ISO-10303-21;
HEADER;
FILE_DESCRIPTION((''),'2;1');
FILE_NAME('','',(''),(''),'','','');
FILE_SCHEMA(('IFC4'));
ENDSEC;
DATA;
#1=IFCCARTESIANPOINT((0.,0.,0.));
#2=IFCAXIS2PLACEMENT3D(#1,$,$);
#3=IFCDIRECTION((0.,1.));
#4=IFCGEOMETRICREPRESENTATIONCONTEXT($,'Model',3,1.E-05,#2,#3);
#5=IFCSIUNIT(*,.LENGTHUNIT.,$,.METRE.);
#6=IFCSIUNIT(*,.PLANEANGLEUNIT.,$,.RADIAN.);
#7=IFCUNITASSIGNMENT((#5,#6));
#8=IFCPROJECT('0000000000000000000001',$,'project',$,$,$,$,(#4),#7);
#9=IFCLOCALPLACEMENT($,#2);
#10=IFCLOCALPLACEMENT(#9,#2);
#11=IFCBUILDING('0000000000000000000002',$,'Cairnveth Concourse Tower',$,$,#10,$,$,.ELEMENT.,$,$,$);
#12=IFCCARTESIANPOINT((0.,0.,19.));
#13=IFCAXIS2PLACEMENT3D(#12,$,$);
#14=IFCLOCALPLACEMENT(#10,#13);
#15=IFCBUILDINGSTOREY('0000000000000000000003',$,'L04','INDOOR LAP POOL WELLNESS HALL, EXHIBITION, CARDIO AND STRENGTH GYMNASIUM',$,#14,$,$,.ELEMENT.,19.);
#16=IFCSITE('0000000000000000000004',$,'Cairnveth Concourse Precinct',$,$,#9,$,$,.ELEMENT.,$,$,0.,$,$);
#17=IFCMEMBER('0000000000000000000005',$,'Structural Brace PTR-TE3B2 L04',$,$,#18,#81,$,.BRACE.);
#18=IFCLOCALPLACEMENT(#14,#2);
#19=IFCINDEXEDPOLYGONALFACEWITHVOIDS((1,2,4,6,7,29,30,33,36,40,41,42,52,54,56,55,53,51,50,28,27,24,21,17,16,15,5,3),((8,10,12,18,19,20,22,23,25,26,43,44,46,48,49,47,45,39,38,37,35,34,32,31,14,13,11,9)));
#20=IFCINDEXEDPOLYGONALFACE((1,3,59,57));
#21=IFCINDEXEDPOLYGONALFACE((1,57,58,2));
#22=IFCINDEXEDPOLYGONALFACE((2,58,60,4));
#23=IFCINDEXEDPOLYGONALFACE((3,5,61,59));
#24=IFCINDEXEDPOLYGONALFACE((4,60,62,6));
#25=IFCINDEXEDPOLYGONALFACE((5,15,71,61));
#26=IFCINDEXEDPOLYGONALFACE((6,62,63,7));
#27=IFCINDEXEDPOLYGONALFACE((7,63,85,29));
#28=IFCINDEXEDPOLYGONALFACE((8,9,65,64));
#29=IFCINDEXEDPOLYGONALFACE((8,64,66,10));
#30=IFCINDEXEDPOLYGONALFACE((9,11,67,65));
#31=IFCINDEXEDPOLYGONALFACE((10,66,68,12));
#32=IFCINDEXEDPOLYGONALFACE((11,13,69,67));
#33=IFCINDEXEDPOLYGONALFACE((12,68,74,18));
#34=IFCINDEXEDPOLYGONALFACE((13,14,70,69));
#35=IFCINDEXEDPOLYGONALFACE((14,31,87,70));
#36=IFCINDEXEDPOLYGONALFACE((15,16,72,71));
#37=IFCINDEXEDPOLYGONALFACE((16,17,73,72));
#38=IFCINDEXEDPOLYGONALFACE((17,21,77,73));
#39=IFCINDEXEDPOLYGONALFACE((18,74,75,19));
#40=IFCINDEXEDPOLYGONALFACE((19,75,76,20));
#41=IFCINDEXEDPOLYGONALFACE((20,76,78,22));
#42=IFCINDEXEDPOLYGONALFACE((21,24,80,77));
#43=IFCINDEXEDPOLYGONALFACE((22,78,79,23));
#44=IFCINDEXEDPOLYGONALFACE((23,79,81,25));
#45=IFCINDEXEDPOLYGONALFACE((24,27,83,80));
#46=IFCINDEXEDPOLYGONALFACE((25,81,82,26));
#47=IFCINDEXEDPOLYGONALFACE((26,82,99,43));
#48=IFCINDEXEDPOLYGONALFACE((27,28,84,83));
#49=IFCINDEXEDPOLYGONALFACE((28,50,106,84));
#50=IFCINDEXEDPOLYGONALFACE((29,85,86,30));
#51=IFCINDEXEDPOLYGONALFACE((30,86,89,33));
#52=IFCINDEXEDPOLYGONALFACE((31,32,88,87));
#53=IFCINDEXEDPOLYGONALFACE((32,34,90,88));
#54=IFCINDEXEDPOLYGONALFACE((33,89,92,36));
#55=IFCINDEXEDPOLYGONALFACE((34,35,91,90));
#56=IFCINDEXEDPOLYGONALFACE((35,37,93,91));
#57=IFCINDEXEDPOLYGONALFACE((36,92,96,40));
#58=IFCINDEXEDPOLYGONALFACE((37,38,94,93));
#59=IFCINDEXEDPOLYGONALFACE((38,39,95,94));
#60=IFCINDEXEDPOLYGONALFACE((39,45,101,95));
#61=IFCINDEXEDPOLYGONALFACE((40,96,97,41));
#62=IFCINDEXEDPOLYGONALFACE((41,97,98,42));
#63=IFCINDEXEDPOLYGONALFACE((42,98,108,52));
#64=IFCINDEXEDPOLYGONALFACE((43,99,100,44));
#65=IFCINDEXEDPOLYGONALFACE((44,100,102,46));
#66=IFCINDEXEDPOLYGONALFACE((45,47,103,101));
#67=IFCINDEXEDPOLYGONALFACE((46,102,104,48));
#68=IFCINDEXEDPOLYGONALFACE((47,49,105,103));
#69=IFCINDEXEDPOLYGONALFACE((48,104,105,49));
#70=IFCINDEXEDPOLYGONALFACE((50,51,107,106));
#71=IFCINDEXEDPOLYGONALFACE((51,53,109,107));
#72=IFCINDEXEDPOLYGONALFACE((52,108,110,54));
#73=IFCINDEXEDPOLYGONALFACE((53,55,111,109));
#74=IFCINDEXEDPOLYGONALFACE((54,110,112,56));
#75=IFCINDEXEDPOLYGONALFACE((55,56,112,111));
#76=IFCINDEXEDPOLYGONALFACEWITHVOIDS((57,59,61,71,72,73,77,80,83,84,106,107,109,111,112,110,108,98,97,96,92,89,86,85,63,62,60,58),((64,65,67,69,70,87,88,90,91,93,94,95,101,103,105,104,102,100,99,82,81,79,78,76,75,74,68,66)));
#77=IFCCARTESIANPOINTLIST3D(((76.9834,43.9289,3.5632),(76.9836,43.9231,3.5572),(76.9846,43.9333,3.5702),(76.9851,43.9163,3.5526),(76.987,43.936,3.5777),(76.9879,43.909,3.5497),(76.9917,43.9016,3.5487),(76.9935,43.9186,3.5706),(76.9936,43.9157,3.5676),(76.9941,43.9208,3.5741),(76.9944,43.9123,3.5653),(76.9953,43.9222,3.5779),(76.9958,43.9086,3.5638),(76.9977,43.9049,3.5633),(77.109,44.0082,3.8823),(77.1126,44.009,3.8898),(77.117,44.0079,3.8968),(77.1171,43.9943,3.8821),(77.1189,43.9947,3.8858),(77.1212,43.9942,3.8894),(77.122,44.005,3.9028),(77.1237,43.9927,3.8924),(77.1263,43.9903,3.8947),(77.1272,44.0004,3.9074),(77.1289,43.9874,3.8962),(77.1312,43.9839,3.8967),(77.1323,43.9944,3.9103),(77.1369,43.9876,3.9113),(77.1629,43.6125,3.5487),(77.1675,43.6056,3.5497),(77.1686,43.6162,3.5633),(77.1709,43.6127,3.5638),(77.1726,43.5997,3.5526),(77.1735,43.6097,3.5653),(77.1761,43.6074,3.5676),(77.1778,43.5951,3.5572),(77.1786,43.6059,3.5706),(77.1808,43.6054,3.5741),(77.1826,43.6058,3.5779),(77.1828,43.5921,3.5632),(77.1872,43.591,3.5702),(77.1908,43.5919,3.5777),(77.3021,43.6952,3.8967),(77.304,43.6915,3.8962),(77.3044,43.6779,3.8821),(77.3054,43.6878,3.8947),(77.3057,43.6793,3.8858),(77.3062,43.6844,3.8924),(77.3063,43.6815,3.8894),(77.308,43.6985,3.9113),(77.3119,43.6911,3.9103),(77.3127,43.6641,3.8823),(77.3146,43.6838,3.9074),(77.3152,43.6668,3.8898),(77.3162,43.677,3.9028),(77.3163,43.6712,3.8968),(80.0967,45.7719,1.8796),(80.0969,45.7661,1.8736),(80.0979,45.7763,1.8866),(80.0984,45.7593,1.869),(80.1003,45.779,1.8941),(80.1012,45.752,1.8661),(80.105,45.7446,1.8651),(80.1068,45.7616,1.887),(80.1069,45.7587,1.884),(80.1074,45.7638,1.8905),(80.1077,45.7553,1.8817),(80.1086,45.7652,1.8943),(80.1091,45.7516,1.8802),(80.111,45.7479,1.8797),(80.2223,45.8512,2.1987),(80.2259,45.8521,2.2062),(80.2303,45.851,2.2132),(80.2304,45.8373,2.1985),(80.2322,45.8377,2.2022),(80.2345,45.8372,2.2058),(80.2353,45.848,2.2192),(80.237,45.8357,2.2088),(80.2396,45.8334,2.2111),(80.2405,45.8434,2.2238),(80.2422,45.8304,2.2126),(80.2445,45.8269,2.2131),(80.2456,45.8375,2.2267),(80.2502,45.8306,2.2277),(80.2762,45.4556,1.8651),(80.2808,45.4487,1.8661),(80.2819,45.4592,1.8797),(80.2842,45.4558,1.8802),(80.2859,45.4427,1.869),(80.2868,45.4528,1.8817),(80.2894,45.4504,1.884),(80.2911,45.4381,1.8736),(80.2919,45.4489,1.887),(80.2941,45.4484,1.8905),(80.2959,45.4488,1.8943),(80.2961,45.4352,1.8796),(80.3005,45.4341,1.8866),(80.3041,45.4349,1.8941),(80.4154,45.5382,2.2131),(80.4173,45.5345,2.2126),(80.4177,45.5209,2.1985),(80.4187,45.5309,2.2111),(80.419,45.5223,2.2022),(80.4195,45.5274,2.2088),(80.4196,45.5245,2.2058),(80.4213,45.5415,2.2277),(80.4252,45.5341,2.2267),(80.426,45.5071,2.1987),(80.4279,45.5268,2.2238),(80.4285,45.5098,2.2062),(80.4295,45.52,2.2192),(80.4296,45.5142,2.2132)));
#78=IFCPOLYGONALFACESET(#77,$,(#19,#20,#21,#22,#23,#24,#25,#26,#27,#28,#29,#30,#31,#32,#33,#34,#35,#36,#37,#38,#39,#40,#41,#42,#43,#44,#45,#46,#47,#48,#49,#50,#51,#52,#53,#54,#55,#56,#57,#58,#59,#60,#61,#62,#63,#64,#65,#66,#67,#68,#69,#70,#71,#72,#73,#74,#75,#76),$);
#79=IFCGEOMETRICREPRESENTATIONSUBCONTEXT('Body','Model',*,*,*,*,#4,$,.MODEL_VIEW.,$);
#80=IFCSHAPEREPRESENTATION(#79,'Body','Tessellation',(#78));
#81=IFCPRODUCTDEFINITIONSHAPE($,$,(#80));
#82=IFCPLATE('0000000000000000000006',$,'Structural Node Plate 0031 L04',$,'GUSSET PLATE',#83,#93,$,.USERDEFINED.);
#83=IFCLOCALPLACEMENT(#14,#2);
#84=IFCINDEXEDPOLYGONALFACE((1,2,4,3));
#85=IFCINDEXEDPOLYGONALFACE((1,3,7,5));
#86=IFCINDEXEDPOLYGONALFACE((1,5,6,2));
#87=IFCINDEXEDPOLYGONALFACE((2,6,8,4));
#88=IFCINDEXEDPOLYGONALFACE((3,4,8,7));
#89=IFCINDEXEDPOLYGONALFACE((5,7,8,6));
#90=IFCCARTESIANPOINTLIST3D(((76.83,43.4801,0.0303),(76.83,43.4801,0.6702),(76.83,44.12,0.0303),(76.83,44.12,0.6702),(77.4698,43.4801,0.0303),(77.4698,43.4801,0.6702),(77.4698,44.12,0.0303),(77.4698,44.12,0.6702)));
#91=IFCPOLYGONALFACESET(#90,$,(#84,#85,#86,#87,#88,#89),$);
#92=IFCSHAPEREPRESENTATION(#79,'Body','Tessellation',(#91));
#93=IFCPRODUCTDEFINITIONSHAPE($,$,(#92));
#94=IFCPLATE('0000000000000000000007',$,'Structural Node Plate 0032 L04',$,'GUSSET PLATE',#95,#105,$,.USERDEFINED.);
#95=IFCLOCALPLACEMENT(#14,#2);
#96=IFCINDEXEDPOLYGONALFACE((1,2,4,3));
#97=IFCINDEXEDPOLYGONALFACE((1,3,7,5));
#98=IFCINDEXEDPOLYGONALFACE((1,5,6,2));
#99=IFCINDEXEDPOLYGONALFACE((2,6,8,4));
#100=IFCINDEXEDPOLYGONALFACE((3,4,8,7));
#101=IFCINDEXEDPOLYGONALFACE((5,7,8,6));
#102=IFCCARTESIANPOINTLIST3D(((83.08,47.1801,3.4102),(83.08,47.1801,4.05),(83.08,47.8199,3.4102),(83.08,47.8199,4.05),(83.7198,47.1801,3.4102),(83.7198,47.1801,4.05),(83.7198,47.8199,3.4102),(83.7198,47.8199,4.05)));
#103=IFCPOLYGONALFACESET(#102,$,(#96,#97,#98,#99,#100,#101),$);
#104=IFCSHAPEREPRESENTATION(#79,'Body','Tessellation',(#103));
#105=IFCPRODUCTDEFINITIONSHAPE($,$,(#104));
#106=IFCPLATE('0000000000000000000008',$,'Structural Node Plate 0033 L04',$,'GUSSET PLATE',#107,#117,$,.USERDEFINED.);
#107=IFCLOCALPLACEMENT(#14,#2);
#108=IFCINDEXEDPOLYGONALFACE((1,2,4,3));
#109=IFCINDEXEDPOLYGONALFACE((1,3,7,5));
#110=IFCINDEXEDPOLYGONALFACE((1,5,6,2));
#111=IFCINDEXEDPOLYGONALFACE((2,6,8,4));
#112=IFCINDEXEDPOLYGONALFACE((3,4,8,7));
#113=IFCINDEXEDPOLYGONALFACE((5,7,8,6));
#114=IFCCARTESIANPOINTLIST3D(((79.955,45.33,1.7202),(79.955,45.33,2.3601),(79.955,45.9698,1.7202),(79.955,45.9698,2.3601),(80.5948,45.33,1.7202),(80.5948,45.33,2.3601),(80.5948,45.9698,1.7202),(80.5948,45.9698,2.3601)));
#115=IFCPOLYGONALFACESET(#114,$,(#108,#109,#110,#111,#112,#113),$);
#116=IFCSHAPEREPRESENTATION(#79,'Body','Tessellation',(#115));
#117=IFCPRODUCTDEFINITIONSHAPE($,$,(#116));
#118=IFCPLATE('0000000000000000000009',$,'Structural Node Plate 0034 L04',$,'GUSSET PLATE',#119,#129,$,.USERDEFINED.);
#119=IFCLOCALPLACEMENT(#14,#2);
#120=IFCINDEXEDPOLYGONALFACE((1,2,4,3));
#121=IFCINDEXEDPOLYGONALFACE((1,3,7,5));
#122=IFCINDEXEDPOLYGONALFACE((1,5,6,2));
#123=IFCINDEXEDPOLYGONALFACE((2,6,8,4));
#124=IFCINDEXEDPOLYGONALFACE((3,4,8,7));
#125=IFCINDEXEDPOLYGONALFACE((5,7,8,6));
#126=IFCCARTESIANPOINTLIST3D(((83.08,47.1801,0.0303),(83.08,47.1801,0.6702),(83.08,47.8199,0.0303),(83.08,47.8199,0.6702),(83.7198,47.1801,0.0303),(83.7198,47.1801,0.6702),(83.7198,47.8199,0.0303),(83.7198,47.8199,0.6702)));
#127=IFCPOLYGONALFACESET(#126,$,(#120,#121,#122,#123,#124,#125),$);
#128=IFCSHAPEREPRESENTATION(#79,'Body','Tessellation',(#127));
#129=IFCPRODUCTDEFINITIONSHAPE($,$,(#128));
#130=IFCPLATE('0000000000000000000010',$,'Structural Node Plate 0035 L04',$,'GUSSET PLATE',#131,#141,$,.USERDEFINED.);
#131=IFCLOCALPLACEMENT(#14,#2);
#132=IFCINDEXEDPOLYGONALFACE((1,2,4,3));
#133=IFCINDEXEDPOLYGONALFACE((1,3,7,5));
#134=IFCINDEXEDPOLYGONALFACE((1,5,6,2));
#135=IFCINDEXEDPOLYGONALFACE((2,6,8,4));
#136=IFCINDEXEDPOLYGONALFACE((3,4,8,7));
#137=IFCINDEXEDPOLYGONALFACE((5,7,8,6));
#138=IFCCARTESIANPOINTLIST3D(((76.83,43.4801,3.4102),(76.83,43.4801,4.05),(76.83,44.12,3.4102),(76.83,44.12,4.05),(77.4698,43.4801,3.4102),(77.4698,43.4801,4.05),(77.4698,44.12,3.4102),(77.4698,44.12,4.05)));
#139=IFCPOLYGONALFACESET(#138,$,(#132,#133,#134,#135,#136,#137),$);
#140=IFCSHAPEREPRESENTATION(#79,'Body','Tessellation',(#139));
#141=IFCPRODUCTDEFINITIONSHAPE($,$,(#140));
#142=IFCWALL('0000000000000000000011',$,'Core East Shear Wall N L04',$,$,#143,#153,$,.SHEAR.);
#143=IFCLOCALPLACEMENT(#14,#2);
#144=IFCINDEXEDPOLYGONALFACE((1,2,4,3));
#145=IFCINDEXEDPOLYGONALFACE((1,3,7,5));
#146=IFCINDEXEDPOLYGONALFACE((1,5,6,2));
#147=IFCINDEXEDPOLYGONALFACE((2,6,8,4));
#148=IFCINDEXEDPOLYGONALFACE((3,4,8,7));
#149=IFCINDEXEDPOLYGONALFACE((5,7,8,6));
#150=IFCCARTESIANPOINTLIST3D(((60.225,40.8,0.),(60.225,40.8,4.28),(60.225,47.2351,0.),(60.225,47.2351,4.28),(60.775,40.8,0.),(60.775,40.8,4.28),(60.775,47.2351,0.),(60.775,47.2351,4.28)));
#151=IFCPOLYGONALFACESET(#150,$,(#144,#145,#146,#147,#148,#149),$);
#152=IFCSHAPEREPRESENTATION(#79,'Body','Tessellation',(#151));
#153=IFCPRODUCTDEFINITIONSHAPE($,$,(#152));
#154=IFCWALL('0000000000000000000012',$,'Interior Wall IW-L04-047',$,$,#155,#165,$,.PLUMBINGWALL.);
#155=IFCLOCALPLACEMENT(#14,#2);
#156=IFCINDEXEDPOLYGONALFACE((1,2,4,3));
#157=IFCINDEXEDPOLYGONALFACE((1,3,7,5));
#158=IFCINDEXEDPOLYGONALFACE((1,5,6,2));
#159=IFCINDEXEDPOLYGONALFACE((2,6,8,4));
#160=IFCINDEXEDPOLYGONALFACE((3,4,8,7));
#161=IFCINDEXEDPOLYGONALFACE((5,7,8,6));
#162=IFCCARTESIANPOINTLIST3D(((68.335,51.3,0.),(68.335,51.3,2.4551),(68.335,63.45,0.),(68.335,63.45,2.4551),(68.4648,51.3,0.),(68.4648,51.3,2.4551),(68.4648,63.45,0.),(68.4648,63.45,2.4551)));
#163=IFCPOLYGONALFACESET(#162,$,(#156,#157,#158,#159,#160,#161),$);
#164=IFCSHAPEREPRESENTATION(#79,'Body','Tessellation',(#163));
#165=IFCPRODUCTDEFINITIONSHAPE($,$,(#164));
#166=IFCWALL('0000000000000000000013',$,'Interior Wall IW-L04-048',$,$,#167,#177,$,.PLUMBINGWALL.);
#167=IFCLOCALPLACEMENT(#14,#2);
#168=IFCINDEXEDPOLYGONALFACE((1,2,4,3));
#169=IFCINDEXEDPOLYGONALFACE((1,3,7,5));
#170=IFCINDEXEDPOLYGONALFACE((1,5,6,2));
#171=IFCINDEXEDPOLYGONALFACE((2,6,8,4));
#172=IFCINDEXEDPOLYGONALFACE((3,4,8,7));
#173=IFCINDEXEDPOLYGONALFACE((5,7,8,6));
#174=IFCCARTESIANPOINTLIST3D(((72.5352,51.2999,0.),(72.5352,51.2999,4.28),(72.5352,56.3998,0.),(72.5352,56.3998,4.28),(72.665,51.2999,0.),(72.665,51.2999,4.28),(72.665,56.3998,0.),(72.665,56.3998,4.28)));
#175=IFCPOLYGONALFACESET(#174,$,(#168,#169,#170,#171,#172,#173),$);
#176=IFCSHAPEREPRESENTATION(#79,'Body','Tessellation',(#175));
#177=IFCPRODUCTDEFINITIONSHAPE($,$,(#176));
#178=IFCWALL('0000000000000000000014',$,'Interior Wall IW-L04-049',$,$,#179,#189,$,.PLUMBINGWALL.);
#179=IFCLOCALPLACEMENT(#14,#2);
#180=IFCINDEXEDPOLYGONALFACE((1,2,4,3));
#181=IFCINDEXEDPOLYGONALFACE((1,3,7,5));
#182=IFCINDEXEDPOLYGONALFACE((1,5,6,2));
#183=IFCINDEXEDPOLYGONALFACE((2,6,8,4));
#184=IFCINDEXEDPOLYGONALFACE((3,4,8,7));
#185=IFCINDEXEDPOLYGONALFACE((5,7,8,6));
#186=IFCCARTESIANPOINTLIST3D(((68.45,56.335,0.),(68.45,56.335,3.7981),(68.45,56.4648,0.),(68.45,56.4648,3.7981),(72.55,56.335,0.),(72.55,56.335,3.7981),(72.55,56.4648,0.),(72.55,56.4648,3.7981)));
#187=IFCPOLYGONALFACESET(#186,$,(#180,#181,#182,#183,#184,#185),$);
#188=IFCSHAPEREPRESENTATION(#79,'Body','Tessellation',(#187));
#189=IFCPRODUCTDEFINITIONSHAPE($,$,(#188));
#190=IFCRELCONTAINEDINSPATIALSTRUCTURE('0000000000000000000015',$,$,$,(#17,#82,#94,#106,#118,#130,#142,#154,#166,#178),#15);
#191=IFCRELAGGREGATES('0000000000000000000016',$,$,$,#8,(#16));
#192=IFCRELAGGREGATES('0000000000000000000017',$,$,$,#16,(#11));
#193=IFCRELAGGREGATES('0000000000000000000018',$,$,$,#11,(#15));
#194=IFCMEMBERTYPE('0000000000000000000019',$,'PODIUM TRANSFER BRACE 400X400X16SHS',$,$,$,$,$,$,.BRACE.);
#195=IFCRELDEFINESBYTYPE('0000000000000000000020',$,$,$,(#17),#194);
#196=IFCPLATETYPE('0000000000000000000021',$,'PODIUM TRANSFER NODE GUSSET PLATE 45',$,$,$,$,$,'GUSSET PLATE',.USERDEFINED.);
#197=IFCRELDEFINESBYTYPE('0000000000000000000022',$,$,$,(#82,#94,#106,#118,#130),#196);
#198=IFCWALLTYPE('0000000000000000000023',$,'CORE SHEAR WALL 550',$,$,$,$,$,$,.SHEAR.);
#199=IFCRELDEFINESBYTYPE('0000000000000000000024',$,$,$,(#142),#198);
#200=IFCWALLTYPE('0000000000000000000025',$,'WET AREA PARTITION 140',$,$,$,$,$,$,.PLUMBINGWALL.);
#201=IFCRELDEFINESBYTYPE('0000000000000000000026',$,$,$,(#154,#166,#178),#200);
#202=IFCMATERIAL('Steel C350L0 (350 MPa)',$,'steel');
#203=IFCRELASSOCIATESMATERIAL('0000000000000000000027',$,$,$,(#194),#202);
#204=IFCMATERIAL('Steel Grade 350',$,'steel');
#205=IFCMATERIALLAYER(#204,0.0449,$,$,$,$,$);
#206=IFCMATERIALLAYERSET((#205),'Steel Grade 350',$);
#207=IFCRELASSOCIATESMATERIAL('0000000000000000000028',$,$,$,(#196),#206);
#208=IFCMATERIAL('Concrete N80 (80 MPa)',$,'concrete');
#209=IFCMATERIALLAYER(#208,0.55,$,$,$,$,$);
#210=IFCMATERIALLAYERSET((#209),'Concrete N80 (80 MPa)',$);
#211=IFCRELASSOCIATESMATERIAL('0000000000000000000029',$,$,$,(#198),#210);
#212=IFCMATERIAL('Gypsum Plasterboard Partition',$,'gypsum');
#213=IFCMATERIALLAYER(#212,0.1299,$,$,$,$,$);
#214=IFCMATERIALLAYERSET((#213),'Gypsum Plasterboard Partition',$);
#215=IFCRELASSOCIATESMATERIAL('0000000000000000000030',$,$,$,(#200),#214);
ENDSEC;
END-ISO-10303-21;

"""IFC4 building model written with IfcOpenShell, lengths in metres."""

from ifc_helpers import new_model, si_unit, direction, frame, frame_2d, origin, origin_2d, place, context, subcontext, project, spatial, rectangle, hollow_rectangle, extrude, material, layer, layer_set, material_profile, profile_set, type_object, element, save


model = new_model("IFC4")

# Units and contexts
model_context = context("Model", 3, precision=1e-05, world=origin(), true_north=direction((0.0, 1.0)))
body_context = subcontext(model_context, "Body", "Model", "MODEL_VIEW")
ifc_project = project(units=[si_unit("LENGTHUNIT", "METRE"), si_unit("PLANEANGLEUNIT", "RADIAN")], contexts=[model_context])

# Site, building, storey
site_placement = place(None, origin())
site = spatial("IfcSite", under=ifc_project, at=site_placement, Name="Cairnveth Concourse Precinct", CompositionType="ELEMENT", RefElevation=0.0)
building_placement = place(site_placement, origin())
building = spatial("IfcBuilding", under=site, at=building_placement, Name="Cairnveth Concourse Tower", CompositionType="ELEMENT")
storey_placement = place(building_placement, frame((0.0, 0.0, 19.0)))
storey = spatial("IfcBuildingStorey", under=building, at=storey_placement, Name="L04", Description="INDOOR LAP POOL WELLNESS HALL, EXHIBITION, CARDIO AND STRENGTH GYMNASIUM", CompositionType="ELEMENT", Elevation=19.0)

# Shared definitions
ifc_material_1 = material(Name="Concrete N80 (80 MPa)", Category="concrete")
ifc_material_2 = material(Name="Steel Grade 350", Category="steel")

# Member
ifc_material_3 = material(Name="Steel C350L0 (350 MPa)", Category="steel")
ifc_material_profile_1 = material_profile(ifc_material_3, hollow_rectangle(XDim=0.3999, YDim=0.3999, WallThickness=0.0161, InnerFilletRadius=0.0161, OuterFilletRadius=0.032, at=origin_2d()), Name="400x400x16.0SHS")
ifc_profile_set_1 = profile_set([ifc_material_profile_1], Name="Steel C350L0 (350 MPa)")
member_type = type_object("IfcMemberType", Name="PODIUM TRANSFER BRACE 400X400X16SHS", PredefinedType="BRACE", material=ifc_profile_set_1)
for number, where, z_axis, x_axis, name in (
    (1, (80.2632, 45.6431, 2.0464), (-0.780182, -0.461857, 0.421905), (0.509416, -0.860521, 0.0), "Structural Brace PTR-TE3B2 L04"),
):
    element("IfcMember", number, at=place(storey_placement, frame(where, z_axis=z_axis, x_axis=x_axis)), inside=storey, type_object=member_type, Name=name, PredefinedType="BRACE", context=body_context, shape_type="SweptSolid", body=[
        extrude(hollow_rectangle(XDim=0.3999, YDim=0.3999, WallThickness=0.0161, InnerFilletRadius=0.0161, OuterFilletRadius=0.032, at=origin_2d()), origin(), (0.0, 0.0, 1.0), 3.9905),
    ])

# Plates
ifc_layer_1 = layer(ifc_material_2, 0.0449)
ifc_layer_set_1 = layer_set([ifc_layer_1], Name="Steel Grade 350")
plate_type = type_object("IfcPlateType", Name="PODIUM TRANSFER NODE GUSSET PLATE 45", ElementType="GUSSET PLATE", PredefinedType="USERDEFINED", material=ifc_layer_set_1)
for number, where, z_axis, x_axis, name in (
    (2, (77.1499, 43.8, 0.0303), (0.0, 0.0, 1.0), (1.0, 0.0, 0.0), "Structural Node Plate 0031 L04"),
    (3, (83.3999, 47.5, 3.4102), (0.0, 0.0, 1.0), (1.0, 0.0, 0.0), "Structural Node Plate 0032 L04"),
    (4, (80.2749, 45.6499, 1.7202), (0.0, 0.0, 1.0), (1.0, 0.0, 0.0), "Structural Node Plate 0033 L04"),
    (5, (83.3999, 47.5, 0.0303), (0.0, 0.0, 1.0), (1.0, 0.0, 0.0), "Structural Node Plate 0034 L04"),
    (6, (77.1499, 43.8, 3.4102), (0.0, 0.0, 1.0), (1.0, 0.0, 0.0), "Structural Node Plate 0035 L04"),
):
    element("IfcPlate", number, at=place(storey_placement, frame(where, z_axis=z_axis, x_axis=x_axis)), inside=storey, type_object=plate_type, Name=name, ObjectType="GUSSET PLATE", PredefinedType="USERDEFINED", context=body_context, shape_type="SweptSolid", body=[
        extrude(rectangle(XDim=0.6399, YDim=0.6399, at=origin_2d()), origin(), (0.0, 0.0, 1.0), 0.6399),
    ])

# Wall
ifc_layer_2 = layer(ifc_material_1, 0.55)
ifc_layer_set_2 = layer_set([ifc_layer_2], Name="Concrete N80 (80 MPa)")
wall_type_1 = type_object("IfcWallType", Name="CORE SHEAR WALL 550", PredefinedType="SHEAR", material=ifc_layer_set_2)
wall_1_placement = place(storey_placement, frame((60.5, 40.8, 0.0), z_axis=(0.0, 0.0, 1.0), x_axis=(0.0, 1.0, 0.0)))
element("IfcWall", 7, at=wall_1_placement, inside=storey, type_object=wall_type_1, Name="Core East Shear Wall N L04", PredefinedType="SHEAR", context=body_context, shape_type="SweptSolid", body=[
    extrude(rectangle(XDim=6.4351, YDim=0.55, at=frame_2d((3.2175, 0.0))), origin(), (0.0, 0.0, 1.0), 4.28),
])

# Walls
ifc_material_4 = material(Name="Gypsum Plasterboard Partition", Category="gypsum")
ifc_layer_3 = layer(ifc_material_4, 0.1299)
ifc_layer_set_3 = layer_set([ifc_layer_3], Name="Gypsum Plasterboard Partition")
wall_type_2 = type_object("IfcWallType", Name="WET AREA PARTITION 140", PredefinedType="PLUMBINGWALL", material=ifc_layer_set_3)
wall_2_placement = place(storey_placement, frame((68.3999, 51.3, 0.0), z_axis=(0.0, 0.0, 1.0), x_axis=(0.0, 1.0, 0.0)))
element("IfcWall", 8, at=wall_2_placement, inside=storey, type_object=wall_type_2, Name="Interior Wall IW-L04-047", PredefinedType="PLUMBINGWALL", context=body_context, shape_type="SweptSolid", body=[
    extrude(rectangle(XDim=12.1499, YDim=0.1299, at=frame_2d((6.075, 0.0))), origin(), (0.0, 0.0, 1.0), 2.4551),
])
wall_3_placement = place(storey_placement, frame((72.6001, 51.3, 0.0), z_axis=(0.0, 0.0, 1.0), x_axis=(0.0, 1.0, 0.0)))
element("IfcWall", 9, at=wall_3_placement, inside=storey, type_object=wall_type_2, Name="Interior Wall IW-L04-048", PredefinedType="PLUMBINGWALL", context=body_context, shape_type="SweptSolid", body=[
    extrude(rectangle(XDim=5.0999, YDim=0.1299, at=frame_2d((2.5498, 0.0))), origin(), (0.0, 0.0, 1.0), 4.28),
])
wall_4_placement = place(storey_placement, frame((68.45, 56.3999, 0.0), z_axis=(0.0, 0.0, 1.0), x_axis=(1.0, 0.0, 0.0)))
element("IfcWall", 10, at=wall_4_placement, inside=storey, type_object=wall_type_2, Name="Interior Wall IW-L04-049", PredefinedType="PLUMBINGWALL", context=body_context, shape_type="SweptSolid", body=[
    extrude(rectangle(XDim=4.1001, YDim=0.1299, at=frame_2d((2.05, 0.0))), origin(), (0.0, 0.0, 1.0), 3.7981),
])

save(model, "model.ifc")
